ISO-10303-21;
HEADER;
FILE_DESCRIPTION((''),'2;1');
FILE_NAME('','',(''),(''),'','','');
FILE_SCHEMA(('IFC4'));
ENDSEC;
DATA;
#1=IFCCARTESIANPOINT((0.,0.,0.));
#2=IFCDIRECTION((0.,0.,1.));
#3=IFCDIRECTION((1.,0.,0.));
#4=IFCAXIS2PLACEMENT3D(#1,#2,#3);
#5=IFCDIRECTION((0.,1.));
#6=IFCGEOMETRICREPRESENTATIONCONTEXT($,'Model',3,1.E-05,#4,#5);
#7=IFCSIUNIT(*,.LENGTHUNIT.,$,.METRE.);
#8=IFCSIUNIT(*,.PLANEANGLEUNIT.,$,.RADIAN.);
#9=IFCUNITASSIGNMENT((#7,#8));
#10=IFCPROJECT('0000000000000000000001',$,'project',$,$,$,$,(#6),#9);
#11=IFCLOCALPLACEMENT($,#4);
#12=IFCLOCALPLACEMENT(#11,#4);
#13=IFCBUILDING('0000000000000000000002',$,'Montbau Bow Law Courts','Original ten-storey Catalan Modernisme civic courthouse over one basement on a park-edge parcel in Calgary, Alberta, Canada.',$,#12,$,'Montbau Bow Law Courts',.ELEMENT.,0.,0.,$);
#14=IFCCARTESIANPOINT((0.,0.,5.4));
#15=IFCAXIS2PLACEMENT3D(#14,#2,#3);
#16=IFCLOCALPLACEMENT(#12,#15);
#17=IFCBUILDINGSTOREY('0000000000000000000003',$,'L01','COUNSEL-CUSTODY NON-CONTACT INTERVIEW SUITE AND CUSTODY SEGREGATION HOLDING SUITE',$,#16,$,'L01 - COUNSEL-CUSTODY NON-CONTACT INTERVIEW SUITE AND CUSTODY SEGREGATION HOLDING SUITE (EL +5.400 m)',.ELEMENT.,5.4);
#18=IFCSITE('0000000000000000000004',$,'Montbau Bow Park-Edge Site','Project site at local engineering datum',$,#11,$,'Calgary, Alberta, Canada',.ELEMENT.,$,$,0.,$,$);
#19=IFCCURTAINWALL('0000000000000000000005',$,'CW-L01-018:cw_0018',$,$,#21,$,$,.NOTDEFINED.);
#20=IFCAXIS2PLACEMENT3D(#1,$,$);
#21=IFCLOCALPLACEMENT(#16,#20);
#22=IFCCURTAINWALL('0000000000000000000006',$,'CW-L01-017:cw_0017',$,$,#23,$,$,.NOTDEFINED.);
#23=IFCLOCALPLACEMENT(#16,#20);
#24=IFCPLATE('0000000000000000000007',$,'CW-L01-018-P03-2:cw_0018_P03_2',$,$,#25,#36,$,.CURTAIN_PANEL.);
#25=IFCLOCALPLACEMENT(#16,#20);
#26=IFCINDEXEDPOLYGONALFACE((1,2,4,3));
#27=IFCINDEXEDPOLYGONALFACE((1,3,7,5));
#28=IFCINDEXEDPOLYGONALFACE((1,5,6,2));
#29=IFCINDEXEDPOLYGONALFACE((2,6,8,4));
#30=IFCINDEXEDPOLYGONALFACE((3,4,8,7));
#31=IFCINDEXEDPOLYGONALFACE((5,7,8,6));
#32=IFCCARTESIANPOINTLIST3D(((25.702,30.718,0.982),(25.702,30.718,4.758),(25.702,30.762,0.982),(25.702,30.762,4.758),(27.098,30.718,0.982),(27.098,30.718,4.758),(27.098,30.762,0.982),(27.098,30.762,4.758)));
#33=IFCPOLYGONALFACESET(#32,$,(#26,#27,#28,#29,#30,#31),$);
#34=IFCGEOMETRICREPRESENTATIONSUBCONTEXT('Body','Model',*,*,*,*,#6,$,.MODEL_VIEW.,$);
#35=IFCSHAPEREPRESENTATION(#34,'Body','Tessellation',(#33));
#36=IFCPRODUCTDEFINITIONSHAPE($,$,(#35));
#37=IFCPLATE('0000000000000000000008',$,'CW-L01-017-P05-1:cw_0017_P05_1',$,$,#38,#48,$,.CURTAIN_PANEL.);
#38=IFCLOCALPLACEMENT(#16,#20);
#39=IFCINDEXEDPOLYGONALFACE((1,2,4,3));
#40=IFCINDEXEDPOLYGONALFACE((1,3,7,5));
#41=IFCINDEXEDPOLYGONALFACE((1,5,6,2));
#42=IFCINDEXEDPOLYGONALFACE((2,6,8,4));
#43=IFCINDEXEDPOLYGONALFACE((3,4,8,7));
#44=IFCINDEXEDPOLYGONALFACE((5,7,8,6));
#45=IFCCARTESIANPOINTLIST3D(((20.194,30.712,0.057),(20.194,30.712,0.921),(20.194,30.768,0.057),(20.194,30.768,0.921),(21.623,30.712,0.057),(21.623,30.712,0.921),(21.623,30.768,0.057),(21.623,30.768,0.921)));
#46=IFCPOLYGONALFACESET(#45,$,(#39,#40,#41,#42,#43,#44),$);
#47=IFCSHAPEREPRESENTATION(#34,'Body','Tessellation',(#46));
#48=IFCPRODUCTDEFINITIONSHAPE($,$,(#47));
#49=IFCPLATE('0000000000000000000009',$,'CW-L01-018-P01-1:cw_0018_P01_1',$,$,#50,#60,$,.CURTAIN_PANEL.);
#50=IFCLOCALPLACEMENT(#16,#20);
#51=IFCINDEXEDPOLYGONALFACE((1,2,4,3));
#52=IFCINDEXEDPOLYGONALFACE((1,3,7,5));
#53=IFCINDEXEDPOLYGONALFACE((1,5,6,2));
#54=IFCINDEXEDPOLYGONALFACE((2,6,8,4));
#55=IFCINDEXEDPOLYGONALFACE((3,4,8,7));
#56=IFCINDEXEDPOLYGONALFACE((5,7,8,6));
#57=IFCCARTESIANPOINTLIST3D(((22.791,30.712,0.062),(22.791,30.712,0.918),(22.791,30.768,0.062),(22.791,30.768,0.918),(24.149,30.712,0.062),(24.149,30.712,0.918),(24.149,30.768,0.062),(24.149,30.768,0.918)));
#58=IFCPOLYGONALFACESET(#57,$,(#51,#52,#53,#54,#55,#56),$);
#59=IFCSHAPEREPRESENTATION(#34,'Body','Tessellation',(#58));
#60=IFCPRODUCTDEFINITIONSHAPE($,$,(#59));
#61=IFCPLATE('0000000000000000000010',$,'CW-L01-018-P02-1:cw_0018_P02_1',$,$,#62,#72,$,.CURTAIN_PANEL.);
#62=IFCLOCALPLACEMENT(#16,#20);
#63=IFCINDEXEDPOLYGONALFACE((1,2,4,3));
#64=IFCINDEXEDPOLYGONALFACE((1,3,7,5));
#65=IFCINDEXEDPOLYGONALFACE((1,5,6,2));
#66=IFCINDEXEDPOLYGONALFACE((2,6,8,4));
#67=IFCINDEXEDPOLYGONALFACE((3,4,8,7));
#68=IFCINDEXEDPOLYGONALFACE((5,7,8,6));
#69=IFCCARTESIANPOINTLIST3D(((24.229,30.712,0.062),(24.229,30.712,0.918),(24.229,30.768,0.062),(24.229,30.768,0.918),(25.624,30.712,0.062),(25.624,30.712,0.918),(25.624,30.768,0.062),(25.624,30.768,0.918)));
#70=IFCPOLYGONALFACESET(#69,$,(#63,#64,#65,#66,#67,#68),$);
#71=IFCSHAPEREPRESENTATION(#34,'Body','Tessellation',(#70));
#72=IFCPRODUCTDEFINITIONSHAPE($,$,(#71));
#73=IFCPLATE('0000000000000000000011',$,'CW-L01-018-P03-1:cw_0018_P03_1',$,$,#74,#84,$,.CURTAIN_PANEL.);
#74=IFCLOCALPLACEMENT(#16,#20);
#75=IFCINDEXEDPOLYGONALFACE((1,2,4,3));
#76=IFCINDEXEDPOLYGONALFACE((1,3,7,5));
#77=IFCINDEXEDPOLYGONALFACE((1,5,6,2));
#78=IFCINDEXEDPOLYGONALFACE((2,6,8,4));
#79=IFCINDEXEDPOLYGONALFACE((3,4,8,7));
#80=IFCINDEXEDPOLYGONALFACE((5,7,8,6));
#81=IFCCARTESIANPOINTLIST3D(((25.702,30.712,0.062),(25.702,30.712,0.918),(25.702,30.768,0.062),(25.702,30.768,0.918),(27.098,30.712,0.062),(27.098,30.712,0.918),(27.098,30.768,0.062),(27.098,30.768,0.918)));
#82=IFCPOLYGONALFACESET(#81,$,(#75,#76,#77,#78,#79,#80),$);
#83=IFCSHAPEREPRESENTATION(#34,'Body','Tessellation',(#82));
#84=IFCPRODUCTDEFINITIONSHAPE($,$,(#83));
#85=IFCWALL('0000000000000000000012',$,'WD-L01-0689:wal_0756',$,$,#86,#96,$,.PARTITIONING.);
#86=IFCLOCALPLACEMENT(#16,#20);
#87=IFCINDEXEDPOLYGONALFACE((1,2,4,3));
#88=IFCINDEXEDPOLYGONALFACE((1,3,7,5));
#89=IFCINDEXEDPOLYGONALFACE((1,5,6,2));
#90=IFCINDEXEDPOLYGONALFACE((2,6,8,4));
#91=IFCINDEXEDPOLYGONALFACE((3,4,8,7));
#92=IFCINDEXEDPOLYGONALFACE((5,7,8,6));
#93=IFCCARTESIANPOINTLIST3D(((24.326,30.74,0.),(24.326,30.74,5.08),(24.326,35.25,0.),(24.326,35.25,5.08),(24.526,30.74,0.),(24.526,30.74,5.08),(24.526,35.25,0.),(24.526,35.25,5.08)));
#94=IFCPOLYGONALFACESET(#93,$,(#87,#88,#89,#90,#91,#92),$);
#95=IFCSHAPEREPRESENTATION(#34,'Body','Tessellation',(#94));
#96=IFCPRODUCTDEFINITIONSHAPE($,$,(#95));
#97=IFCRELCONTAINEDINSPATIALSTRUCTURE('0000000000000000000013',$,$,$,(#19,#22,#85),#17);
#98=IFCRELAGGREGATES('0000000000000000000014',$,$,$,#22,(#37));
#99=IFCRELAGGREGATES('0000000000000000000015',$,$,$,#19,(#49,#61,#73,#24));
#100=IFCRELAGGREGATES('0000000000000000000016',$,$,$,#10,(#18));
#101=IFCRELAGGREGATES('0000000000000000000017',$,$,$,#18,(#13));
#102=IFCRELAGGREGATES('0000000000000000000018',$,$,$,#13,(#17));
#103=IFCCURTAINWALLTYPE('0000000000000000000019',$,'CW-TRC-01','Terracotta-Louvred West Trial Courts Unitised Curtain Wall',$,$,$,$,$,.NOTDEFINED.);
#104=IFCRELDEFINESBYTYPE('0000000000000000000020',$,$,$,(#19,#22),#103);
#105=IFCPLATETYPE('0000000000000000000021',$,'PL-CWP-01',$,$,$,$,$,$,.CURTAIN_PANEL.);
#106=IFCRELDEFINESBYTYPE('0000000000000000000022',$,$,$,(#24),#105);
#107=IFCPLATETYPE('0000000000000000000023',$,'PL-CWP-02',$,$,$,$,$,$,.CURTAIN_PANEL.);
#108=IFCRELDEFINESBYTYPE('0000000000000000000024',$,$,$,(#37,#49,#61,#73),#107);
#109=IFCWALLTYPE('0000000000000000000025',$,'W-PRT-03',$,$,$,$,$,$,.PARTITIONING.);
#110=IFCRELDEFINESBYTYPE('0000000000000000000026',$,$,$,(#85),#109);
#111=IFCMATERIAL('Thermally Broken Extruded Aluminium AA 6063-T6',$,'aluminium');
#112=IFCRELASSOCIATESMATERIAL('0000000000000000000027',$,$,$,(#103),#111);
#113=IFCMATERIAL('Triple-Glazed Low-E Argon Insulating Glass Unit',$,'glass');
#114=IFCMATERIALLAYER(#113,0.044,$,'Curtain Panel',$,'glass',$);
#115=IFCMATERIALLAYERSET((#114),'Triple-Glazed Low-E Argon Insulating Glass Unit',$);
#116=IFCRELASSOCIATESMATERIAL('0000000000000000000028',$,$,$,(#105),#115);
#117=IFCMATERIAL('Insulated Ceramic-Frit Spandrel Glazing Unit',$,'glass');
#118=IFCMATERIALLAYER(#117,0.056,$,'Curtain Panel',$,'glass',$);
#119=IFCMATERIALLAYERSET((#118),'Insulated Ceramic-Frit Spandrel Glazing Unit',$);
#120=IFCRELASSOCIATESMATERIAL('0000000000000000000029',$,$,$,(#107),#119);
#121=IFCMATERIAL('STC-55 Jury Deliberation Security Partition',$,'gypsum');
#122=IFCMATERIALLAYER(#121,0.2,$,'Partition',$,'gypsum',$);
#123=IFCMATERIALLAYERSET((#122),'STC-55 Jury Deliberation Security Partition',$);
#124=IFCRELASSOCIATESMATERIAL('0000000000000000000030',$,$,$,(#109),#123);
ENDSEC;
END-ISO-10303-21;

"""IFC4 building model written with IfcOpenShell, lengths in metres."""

from ifc_helpers import new_model, si_unit, direction, frame, frame_2d, origin_with_axes, place, context, subcontext, project, spatial, rectangle, extrude, material, layer, layer_set, type_object, element, aggregate, save


model = new_model("IFC4")

# Units and contexts
model_context = context("Model", 3, precision=1e-05, world=origin_with_axes(), true_north=direction((0.0, 1.0)))
body_context = subcontext(model_context, "Body", "Model", "MODEL_VIEW")
ifc_project = project(units=[si_unit("LENGTHUNIT", "METRE"), si_unit("PLANEANGLEUNIT", "RADIAN")], contexts=[model_context])

# Site, building, storey
site_placement = place(None, origin_with_axes())
site = spatial("IfcSite", under=ifc_project, at=site_placement, Name="Montbau Bow Park-Edge Site", Description="Project site at local engineering datum", LongName="Calgary, Alberta, Canada", CompositionType="ELEMENT", RefElevation=0.0)
building_placement = place(site_placement, origin_with_axes())
building = spatial("IfcBuilding", under=site, at=building_placement, Name="Montbau Bow Law Courts", Description="Original ten-storey Catalan Modernisme civic courthouse over one basement on a park-edge parcel in Calgary, Alberta, Canada.", LongName="Montbau Bow Law Courts", CompositionType="ELEMENT", ElevationOfRefHeight=0.0, ElevationOfTerrain=0.0)
storey_placement = place(building_placement, frame((0.0, 0.0, 5.4), z_axis=(0.0, 0.0, 1.0), x_axis=(1.0, 0.0, 0.0)))
storey = spatial("IfcBuildingStorey", under=building, at=storey_placement, Name="L01", Description="COUNSEL-CUSTODY NON-CONTACT INTERVIEW SUITE AND CUSTODY SEGREGATION HOLDING SUITE", LongName="L01 - COUNSEL-CUSTODY NON-CONTACT INTERVIEW SUITE AND CUSTODY SEGREGATION HOLDING SUITE (EL +5.400 m)", CompositionType="ELEMENT", Elevation=5.4)

# Curtain walls
ifc_material_1 = material(Name="Thermally Broken Extruded Aluminium AA 6063-T6", Category="aluminium")
curtain_wall_type = type_object("IfcCurtainWallType", Name="CW-TRC-01", Description="Terracotta-Louvred West Trial Courts Unitised Curtain Wall", PredefinedType="NOTDEFINED", material=ifc_material_1)
curtain_wall_1_placement = place(None, frame((22.715, 30.74, 5.4), z_axis=(0.0, 0.0, 1.0), x_axis=(1.0, 0.0, 0.0)))
curtain_wall_1 = element("IfcCurtainWall", 1, at=curtain_wall_1_placement, inside=storey, type_object=curtain_wall_type, Name="CW-L01-018:cw_0018", PredefinedType="NOTDEFINED")
curtain_wall_2_placement = place(None, frame((14.068, 30.74, 5.4), z_axis=(0.0, 0.0, 1.0), x_axis=(1.0, 0.0, 0.0)))
curtain_wall_2 = element("IfcCurtainWall", 2, at=curtain_wall_2_placement, inside=storey, type_object=curtain_wall_type, Name="CW-L01-017:cw_0017", PredefinedType="NOTDEFINED")

# Plates
ifc_material_2 = material(Name="Triple-Glazed Low-E Argon Insulating Glass Unit", Category="glass")
ifc_layer_1 = layer(ifc_material_2, 0.044, Name="Curtain Panel", Category="glass")
ifc_layer_set_1 = layer_set([ifc_layer_1], Name="Triple-Glazed Low-E Argon Insulating Glass Unit")
plate_type_1 = type_object("IfcPlateType", Name="PL-CWP-01", PredefinedType="CURTAIN_PANEL", material=ifc_layer_set_1)
plate_1_placement = place(None, frame((25.702, 30.74, 6.382), z_axis=(0.0, -1.0, 0.0), x_axis=(1.0, 0.0, 0.0)))
plate_1 = element("IfcPlate", 3, at=plate_1_placement, type_object=plate_type_1, Name="CW-L01-018-P03-2:cw_0018_P03_2", PredefinedType="CURTAIN_PANEL", context=body_context, shape_type="SweptSolid", body=[
    extrude(rectangle(XDim=1.396, YDim=3.776, at=frame_2d((0.698, 1.888), x_axis=(1.0, 0.0))), frame((0.0, 0.0, -0.022), z_axis=(0.0, 0.0, 1.0), x_axis=(1.0, 0.0, 0.0)), (0.0, 0.0, 1.0), 0.044),
])
ifc_material_3 = material(Name="Insulated Ceramic-Frit Spandrel Glazing Unit", Category="glass")
ifc_layer_2 = layer(ifc_material_3, 0.056, Name="Curtain Panel", Category="glass")
ifc_layer_set_2 = layer_set([ifc_layer_2], Name="Insulated Ceramic-Frit Spandrel Glazing Unit")
plate_type_2 = type_object("IfcPlateType", Name="PL-CWP-02", PredefinedType="CURTAIN_PANEL", material=ifc_layer_set_2)
plate_2_placement = place(None, frame((20.194, 30.74, 5.457), z_axis=(0.0, -1.0, 0.0), x_axis=(1.0, 0.0, 0.0)))
plate_2 = element("IfcPlate", 4, at=plate_2_placement, type_object=plate_type_2, Name="CW-L01-017-P05-1:cw_0017_P05_1", PredefinedType="CURTAIN_PANEL", context=body_context, shape_type="SweptSolid", body=[
    extrude(rectangle(XDim=1.429, YDim=0.864, at=frame_2d((0.7145, 0.432), x_axis=(1.0, 0.0))), frame((0.0, 0.0, -0.028), z_axis=(0.0, 0.0, 1.0), x_axis=(1.0, 0.0, 0.0)), (0.0, 0.0, 1.0), 0.056),
])
aggregate(curtain_wall_2, [plate_2])
plate_3_placement = place(None, frame((22.791, 30.74, 5.462), z_axis=(0.0, -1.0, 0.0), x_axis=(1.0, 0.0, 0.0)))
plate_3 = element("IfcPlate", 5, at=plate_3_placement, type_object=plate_type_2, Name="CW-L01-018-P01-1:cw_0018_P01_1", PredefinedType="CURTAIN_PANEL", context=body_context, shape_type="SweptSolid", body=[
    extrude(rectangle(XDim=1.358, YDim=0.856, at=frame_2d((0.679, 0.428), x_axis=(1.0, 0.0))), frame((0.0, 0.0, -0.028), z_axis=(0.0, 0.0, 1.0), x_axis=(1.0, 0.0, 0.0)), (0.0, 0.0, 1.0), 0.056),
])
plate_4_placement = place(None, frame((24.229, 30.74, 5.462), z_axis=(0.0, -1.0, 0.0), x_axis=(1.0, 0.0, 0.0)))
plate_4 = element("IfcPlate", 6, at=plate_4_placement, type_object=plate_type_2, Name="CW-L01-018-P02-1:cw_0018_P02_1", PredefinedType="CURTAIN_PANEL", context=body_context, shape_type="SweptSolid", body=[
    extrude(rectangle(XDim=1.395, YDim=0.856, at=frame_2d((0.6975, 0.428), x_axis=(1.0, 0.0))), frame((0.0, 0.0, -0.028), z_axis=(0.0, 0.0, 1.0), x_axis=(1.0, 0.0, 0.0)), (0.0, 0.0, 1.0), 0.056),
])
plate_5_placement = place(None, frame((25.702, 30.74, 5.462), z_axis=(0.0, -1.0, 0.0), x_axis=(1.0, 0.0, 0.0)))
plate_5 = element("IfcPlate", 7, at=plate_5_placement, type_object=plate_type_2, Name="CW-L01-018-P03-1:cw_0018_P03_1", PredefinedType="CURTAIN_PANEL", context=body_context, shape_type="SweptSolid", body=[
    extrude(rectangle(XDim=1.396, YDim=0.856, at=frame_2d((0.698, 0.428), x_axis=(1.0, 0.0))), frame((0.0, 0.0, -0.028), z_axis=(0.0, 0.0, 1.0), x_axis=(1.0, 0.0, 0.0)), (0.0, 0.0, 1.0), 0.056),
])
aggregate(curtain_wall_1, [plate_3, plate_4, plate_5, plate_1])

# Wall
ifc_material_4 = material(Name="STC-55 Jury Deliberation Security Partition", Category="gypsum")
ifc_layer_3 = layer(ifc_material_4, 0.2, Name="Partition", Category="gypsum")
ifc_layer_set_3 = layer_set([ifc_layer_3], Name="STC-55 Jury Deliberation Security Partition")
wall_type = type_object("IfcWallType", Name="W-PRT-03", PredefinedType="PARTITIONING", material=ifc_layer_set_3)
wall_placement = place(None, frame((24.426, 30.74, 5.4), z_axis=(0.0, 0.0, 1.0), x_axis=(0.0, 1.0, 0.0)))
element("IfcWall", 8, at=wall_placement, inside=storey, type_object=wall_type, Name="WD-L01-0689:wal_0756", PredefinedType="PARTITIONING", context=body_context, shape_type="SweptSolid", body=[
    extrude(rectangle(XDim=4.51, YDim=0.2, at=frame_2d((2.255, 0.0), x_axis=(1.0, 0.0))), origin_with_axes(), (0.0, 0.0, 1.0), 5.08),
])

save(model, "model.ifc")
